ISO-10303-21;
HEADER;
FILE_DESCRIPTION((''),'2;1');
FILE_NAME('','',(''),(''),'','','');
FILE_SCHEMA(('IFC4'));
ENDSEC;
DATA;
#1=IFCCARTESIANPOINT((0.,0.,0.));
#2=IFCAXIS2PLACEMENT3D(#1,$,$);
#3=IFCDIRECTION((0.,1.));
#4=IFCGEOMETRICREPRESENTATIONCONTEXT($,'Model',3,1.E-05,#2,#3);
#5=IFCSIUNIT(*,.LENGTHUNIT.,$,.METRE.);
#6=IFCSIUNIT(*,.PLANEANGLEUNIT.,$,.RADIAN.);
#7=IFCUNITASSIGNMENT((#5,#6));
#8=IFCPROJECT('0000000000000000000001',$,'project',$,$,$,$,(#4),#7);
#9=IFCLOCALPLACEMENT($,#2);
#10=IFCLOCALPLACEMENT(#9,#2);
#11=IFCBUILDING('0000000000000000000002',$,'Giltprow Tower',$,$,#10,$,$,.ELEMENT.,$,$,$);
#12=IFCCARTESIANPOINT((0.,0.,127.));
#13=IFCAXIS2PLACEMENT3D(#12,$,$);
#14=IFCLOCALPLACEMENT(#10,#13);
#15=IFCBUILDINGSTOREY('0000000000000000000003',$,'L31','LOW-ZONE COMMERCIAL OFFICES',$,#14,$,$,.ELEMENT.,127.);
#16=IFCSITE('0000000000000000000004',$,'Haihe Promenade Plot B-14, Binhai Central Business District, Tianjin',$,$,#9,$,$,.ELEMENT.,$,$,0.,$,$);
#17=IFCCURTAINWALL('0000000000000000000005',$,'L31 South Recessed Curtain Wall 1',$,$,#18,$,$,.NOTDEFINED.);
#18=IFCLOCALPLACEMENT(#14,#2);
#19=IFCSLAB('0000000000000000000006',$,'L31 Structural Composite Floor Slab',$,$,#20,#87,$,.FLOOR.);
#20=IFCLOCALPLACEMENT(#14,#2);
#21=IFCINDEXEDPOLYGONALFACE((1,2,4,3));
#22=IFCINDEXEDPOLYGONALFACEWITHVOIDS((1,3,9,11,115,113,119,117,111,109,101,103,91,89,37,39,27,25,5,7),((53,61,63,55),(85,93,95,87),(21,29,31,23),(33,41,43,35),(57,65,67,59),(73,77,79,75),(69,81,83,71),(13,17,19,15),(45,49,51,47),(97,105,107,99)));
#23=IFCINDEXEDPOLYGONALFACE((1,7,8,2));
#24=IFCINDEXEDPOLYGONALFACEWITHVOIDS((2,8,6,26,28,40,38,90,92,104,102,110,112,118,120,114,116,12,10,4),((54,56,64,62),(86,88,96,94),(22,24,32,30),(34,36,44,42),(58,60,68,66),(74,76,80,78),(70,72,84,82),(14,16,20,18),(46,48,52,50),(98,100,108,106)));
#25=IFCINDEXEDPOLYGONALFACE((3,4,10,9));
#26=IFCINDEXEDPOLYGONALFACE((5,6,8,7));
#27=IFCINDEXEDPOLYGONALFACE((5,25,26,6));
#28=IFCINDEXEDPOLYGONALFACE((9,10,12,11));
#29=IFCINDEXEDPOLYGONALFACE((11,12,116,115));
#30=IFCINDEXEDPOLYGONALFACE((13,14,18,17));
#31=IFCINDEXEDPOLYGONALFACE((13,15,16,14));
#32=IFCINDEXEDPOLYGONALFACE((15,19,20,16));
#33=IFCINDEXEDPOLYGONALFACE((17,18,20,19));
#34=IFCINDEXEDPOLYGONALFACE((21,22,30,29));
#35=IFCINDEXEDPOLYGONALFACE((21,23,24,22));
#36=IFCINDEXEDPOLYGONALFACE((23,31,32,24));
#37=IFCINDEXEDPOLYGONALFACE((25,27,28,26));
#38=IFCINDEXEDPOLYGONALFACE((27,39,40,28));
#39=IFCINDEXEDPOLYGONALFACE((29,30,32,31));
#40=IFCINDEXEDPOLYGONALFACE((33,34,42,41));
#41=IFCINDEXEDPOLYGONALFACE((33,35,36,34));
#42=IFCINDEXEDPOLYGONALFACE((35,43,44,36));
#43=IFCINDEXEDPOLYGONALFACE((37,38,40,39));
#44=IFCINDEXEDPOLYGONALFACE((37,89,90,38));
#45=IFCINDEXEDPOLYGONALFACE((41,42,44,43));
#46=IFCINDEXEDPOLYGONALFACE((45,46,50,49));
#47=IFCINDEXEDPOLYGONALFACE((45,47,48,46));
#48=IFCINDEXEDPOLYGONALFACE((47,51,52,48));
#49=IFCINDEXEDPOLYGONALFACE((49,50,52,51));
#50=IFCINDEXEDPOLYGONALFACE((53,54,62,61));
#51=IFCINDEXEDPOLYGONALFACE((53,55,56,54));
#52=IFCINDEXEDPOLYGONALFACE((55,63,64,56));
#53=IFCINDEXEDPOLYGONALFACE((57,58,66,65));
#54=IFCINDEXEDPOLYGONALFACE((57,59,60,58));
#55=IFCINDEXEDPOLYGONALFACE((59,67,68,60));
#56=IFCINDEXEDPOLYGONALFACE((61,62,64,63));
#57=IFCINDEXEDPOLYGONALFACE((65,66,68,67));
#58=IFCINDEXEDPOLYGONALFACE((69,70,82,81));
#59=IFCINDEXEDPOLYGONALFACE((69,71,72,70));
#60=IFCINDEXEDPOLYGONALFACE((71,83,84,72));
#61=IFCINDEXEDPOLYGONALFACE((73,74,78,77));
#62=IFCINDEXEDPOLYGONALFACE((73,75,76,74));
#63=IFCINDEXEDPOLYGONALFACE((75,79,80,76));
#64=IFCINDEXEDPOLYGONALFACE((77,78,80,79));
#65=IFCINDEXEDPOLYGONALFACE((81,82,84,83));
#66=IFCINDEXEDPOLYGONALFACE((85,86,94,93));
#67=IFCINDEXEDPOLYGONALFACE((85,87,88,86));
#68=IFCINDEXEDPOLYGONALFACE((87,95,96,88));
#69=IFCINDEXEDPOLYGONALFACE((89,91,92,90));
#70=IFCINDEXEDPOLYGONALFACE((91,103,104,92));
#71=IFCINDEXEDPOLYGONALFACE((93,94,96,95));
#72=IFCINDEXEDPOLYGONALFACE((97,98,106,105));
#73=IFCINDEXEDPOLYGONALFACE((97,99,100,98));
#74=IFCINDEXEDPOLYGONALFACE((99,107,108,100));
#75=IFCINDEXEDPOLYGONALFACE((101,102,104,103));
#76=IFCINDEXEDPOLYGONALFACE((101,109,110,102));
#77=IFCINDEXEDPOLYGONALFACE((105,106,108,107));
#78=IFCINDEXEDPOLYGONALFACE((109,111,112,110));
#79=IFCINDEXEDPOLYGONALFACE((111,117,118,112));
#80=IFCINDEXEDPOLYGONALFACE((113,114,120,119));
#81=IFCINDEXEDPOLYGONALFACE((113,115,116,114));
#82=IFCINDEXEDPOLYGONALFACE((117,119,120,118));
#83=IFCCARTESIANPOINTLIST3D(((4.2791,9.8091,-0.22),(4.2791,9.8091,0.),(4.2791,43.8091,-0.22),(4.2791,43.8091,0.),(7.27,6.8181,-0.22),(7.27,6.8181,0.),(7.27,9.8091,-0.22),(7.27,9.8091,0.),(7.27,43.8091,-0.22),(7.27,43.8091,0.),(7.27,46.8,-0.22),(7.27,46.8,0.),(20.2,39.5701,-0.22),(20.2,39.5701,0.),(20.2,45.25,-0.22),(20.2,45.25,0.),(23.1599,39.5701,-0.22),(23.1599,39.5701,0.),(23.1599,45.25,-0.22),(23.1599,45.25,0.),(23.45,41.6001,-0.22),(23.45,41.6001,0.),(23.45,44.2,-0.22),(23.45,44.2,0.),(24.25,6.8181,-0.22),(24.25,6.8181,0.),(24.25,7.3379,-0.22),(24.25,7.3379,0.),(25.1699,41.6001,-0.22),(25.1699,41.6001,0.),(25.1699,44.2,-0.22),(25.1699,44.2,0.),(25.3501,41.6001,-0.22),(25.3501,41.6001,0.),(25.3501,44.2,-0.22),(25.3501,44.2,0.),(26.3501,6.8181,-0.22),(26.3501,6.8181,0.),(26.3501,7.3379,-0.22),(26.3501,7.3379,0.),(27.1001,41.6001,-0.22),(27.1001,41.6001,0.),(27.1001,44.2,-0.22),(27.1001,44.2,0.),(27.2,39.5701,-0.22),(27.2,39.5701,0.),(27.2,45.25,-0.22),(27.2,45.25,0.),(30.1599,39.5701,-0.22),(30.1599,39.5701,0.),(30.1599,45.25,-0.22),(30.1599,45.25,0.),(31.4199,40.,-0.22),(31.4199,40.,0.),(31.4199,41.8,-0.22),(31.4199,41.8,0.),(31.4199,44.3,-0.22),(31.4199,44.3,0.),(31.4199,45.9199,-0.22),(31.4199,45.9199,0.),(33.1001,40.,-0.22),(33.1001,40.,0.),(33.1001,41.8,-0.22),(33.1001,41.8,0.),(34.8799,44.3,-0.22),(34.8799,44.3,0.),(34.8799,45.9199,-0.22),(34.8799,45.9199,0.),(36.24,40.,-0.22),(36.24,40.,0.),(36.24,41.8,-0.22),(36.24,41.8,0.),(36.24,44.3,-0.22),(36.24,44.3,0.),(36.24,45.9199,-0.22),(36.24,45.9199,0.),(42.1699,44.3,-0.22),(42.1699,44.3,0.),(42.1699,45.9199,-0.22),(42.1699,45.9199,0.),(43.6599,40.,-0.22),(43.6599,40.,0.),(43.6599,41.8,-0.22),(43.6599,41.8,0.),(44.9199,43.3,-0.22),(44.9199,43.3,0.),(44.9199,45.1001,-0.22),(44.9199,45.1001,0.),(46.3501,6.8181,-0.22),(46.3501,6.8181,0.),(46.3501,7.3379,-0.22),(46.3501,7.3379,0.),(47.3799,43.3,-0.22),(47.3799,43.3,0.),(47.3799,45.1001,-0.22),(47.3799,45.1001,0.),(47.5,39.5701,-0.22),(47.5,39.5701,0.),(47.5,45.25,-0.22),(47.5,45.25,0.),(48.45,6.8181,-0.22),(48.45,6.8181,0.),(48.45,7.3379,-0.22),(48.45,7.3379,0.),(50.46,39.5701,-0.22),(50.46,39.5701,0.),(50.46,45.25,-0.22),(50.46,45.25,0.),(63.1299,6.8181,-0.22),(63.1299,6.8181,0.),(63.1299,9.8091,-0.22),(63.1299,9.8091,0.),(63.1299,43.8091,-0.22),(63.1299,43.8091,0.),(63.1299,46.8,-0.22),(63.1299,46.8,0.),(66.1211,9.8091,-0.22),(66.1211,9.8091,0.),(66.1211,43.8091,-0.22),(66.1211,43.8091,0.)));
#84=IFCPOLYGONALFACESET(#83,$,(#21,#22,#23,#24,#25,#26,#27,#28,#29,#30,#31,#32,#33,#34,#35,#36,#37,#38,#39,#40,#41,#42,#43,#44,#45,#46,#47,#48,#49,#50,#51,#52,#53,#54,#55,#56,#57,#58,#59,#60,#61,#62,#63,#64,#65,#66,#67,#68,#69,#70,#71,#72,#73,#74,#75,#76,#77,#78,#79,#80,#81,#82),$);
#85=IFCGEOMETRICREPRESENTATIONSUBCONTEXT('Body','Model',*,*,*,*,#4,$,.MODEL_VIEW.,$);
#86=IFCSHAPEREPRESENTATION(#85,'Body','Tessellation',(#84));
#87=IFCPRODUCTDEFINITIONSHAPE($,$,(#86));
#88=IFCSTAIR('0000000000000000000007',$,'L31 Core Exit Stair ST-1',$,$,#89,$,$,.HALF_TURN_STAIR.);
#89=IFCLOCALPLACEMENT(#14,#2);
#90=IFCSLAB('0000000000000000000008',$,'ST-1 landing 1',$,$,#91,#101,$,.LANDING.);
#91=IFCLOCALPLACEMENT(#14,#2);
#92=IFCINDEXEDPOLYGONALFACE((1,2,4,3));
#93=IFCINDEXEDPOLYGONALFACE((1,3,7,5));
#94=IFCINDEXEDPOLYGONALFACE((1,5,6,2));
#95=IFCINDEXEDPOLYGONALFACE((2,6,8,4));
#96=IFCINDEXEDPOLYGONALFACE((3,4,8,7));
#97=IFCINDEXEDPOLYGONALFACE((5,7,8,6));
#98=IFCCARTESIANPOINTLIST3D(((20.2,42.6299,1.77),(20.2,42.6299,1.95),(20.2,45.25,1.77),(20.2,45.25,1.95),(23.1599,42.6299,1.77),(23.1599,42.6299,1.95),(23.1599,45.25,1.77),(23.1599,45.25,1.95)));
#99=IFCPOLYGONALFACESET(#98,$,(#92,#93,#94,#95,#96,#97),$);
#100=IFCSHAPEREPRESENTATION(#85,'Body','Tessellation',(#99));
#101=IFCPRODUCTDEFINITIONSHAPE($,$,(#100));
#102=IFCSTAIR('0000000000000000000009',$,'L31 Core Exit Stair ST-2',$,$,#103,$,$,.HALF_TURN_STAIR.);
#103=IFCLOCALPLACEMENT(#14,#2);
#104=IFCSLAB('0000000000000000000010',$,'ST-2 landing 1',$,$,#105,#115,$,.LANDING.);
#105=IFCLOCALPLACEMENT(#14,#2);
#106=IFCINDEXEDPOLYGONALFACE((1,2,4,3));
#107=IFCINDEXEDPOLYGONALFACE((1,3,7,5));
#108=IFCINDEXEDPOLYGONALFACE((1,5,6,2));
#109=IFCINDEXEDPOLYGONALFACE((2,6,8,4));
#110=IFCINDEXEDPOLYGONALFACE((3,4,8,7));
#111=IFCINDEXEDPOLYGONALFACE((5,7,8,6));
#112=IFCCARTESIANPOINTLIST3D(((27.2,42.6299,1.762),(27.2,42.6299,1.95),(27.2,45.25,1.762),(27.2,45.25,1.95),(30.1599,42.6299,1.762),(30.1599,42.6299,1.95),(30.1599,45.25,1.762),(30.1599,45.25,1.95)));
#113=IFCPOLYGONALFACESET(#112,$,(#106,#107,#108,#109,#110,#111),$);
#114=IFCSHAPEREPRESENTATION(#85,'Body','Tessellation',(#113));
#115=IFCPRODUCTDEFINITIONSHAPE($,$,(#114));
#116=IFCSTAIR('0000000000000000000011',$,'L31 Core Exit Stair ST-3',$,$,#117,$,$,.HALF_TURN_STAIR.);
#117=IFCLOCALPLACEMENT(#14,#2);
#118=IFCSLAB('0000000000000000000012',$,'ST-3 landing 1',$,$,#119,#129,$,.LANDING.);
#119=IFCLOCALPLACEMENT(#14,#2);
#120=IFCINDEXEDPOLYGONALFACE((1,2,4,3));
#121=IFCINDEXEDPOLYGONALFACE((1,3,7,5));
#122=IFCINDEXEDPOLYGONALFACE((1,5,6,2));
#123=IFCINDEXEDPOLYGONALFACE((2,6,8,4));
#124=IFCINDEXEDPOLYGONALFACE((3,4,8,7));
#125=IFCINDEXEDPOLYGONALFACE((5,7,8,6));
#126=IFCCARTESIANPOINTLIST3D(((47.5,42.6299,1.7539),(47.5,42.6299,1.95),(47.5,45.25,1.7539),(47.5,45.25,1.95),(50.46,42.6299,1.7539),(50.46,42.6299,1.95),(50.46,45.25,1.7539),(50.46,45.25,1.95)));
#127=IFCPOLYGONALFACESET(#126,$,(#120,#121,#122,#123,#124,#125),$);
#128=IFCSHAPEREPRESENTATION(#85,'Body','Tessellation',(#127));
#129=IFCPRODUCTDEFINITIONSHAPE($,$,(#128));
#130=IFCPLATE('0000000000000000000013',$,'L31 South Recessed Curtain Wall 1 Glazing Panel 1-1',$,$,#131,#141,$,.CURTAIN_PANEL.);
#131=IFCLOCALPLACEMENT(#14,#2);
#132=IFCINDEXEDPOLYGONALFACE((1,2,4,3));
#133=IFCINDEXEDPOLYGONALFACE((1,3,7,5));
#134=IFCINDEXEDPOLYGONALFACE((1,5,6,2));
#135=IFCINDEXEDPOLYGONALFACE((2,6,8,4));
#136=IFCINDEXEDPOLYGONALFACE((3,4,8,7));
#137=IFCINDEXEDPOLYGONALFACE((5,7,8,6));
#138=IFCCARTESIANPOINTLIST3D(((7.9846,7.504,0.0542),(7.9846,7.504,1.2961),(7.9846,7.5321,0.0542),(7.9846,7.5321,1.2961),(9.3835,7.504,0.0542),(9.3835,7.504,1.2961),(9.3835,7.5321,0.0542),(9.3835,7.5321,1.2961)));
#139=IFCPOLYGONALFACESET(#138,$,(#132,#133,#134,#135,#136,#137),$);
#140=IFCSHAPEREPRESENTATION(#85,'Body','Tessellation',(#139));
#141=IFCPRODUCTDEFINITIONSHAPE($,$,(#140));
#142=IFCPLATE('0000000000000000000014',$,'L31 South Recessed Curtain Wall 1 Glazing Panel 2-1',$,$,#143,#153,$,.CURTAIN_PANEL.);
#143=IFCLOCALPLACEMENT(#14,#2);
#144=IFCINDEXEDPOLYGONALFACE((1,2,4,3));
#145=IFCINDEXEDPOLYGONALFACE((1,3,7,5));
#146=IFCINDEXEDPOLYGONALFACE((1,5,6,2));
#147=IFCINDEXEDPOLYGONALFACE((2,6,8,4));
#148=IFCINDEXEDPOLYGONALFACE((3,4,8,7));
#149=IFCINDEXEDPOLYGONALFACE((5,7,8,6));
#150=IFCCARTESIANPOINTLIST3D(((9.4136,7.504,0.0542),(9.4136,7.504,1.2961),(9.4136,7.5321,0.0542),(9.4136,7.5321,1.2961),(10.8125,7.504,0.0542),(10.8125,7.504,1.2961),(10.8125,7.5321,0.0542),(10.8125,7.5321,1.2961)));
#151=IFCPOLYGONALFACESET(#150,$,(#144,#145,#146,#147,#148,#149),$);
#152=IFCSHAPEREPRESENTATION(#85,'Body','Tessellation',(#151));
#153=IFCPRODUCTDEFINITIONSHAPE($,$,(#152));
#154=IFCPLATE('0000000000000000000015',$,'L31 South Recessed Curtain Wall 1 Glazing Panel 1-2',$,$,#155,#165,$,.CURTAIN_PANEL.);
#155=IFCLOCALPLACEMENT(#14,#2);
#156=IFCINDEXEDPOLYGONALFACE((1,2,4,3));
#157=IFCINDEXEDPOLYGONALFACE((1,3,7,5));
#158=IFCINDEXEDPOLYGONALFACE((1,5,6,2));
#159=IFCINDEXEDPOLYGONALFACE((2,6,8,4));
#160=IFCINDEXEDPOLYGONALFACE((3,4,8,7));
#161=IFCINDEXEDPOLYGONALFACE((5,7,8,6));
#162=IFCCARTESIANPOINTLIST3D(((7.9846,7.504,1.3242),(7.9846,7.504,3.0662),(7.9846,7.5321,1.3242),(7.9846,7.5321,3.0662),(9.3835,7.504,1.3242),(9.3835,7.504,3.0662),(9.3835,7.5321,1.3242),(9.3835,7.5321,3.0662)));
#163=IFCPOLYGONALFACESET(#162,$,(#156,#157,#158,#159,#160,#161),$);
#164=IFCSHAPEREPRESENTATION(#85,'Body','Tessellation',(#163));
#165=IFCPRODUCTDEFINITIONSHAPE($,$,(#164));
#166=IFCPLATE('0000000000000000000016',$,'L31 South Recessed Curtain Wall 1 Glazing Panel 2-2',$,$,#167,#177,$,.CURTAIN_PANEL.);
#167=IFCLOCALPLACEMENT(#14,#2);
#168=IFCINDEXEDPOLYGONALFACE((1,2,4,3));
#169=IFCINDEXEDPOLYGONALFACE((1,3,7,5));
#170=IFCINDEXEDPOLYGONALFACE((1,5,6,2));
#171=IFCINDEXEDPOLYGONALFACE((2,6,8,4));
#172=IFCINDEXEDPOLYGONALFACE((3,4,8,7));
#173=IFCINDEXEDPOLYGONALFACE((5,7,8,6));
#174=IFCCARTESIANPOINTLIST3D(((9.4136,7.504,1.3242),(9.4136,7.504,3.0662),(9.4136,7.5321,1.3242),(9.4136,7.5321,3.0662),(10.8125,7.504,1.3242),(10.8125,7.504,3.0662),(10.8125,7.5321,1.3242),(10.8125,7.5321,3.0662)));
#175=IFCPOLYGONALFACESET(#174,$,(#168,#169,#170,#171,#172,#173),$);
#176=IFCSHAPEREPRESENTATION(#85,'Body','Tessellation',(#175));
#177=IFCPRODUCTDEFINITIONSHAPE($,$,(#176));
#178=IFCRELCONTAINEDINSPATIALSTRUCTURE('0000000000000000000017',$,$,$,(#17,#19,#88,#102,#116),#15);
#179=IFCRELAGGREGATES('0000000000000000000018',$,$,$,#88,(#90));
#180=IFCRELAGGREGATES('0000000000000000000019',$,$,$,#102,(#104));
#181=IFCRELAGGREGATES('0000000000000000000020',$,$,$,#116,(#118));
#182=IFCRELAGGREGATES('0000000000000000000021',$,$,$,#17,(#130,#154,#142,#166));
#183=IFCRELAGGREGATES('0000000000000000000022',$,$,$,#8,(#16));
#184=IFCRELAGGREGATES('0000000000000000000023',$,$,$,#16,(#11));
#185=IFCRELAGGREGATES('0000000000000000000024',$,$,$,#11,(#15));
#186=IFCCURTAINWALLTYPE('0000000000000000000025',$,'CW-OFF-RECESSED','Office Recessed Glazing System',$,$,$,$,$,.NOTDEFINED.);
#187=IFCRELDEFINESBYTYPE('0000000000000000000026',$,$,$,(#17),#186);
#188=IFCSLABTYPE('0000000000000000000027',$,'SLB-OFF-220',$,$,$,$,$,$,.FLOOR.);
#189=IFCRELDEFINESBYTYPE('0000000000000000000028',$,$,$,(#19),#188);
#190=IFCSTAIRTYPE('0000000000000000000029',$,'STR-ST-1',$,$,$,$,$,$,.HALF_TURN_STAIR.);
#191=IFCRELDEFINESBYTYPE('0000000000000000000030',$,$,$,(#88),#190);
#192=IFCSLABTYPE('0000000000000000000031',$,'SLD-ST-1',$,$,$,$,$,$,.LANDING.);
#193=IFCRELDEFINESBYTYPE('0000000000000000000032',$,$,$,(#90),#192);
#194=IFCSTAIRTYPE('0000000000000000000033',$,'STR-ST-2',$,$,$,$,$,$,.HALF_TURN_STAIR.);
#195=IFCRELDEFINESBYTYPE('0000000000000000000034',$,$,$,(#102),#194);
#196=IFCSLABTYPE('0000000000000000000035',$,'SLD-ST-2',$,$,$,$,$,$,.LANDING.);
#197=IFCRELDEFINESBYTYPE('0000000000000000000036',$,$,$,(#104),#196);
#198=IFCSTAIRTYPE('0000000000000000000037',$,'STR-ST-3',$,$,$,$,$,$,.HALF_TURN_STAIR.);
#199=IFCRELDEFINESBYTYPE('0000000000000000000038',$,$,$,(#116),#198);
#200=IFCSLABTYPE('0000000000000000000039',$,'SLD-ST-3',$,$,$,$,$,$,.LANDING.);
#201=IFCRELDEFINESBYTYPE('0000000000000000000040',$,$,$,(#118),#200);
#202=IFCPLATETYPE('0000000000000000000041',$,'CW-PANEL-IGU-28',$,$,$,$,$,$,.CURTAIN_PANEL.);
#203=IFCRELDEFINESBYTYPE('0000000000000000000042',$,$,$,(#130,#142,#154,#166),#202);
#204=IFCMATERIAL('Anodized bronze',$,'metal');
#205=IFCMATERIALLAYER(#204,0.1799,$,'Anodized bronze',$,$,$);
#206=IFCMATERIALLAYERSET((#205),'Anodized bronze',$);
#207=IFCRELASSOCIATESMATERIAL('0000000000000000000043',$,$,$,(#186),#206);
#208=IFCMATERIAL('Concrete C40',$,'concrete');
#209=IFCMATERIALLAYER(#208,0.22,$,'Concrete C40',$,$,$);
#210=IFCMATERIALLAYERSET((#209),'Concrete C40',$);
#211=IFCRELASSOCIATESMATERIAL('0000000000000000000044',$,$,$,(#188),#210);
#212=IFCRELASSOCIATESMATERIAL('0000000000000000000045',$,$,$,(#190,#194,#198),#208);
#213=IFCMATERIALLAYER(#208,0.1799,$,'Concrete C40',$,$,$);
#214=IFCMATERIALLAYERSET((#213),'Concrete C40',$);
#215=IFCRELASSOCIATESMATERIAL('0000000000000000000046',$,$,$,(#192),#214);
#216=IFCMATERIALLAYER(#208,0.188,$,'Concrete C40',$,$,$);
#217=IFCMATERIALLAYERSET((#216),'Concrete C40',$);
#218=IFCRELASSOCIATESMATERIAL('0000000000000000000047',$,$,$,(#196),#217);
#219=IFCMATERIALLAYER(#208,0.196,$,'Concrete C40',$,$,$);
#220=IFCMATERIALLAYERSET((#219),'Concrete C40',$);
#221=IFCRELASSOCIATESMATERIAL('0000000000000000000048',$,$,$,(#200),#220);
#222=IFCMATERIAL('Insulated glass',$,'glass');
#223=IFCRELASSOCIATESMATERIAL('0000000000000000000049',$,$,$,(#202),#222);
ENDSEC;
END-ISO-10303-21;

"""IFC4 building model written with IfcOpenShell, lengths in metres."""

from ifc_helpers import new_model, si_unit, direction, frame, origin, origin_2d, place, context, subcontext, project, spatial, polyline, rectangle, outline, extrude, source, transform, mapped, material, layer, layer_set, type_object, element, aggregate, save


model = new_model("IFC4")

# Units and contexts
model_context = context("Model", 3, precision=1e-05, world=origin(), true_north=direction((0.0, 1.0)))
body_context = subcontext(model_context, "Body", "Model", "MODEL_VIEW")
ifc_project = project(units=[si_unit("LENGTHUNIT", "METRE"), si_unit("PLANEANGLEUNIT", "RADIAN")], contexts=[model_context])

# Site, building, storey
site_placement = place(None, origin())
site = spatial("IfcSite", under=ifc_project, at=site_placement, Name="Haihe Promenade Plot B-14, Binhai Central Business District, Tianjin", CompositionType="ELEMENT", RefElevation=0.0)
building_placement = place(site_placement, origin())
building = spatial("IfcBuilding", under=site, at=building_placement, Name="Giltprow Tower", CompositionType="ELEMENT")
storey_placement = place(building_placement, frame((0.0, 0.0, 127.0)))
storey = spatial("IfcBuildingStorey", under=building, at=storey_placement, Name="L31", Description="LOW-ZONE COMMERCIAL OFFICES", CompositionType="ELEMENT", Elevation=127.0)

# Curtain wall
ifc_material_1 = material(Name="Anodized bronze", Category="metal")
ifc_layer_1 = layer(ifc_material_1, 0.1799, Name="Anodized bronze")
ifc_layer_set_1 = layer_set([ifc_layer_1], Name="Anodized bronze")
curtain_wall_type = type_object("IfcCurtainWallType", Name="CW-OFF-RECESSED", Description="Office Recessed Glazing System", PredefinedType="NOTDEFINED", material=ifc_layer_set_1)
curtain_wall_placement = place(storey_placement, origin())
curtain_wall = element("IfcCurtainWall", 1, at=curtain_wall_placement, inside=storey, type_object=curtain_wall_type, Name="L31 South Recessed Curtain Wall 1", PredefinedType="NOTDEFINED")

# Slab
ifc_material_2 = material(Name="Concrete C40", Category="concrete")
ifc_layer_2 = layer(ifc_material_2, 0.22, Name="Concrete C40")
ifc_layer_set_2 = layer_set([ifc_layer_2], Name="Concrete C40")
slab_type_1 = type_object("IfcSlabType", Name="SLB-OFF-220", PredefinedType="FLOOR", material=ifc_layer_set_2)
slab_1_placement = place(storey_placement, frame((0.0, 0.0, -0.22)))
element("IfcSlab", 2, at=slab_1_placement, inside=storey, type_object=slab_type_1, Name="L31 Structural Composite Floor Slab", PredefinedType="FLOOR", context=body_context, shape_type="SweptSolid", body=[
    extrude(outline(polyline([(7.27, 6.8181), (7.27, 9.8091), (4.2791, 9.8091), (4.2791, 43.8091), (7.27, 43.8091), (7.27, 46.8), (63.1299, 46.8), (63.1299, 43.8091), (66.1211, 43.8091), (66.1211, 9.8091), (63.1299, 9.8091), (63.1299, 6.8181), (48.45, 6.8181), (48.45, 7.3379), (46.3501, 7.3379), (46.3501, 6.8181), (26.3501, 6.8181), (26.3501, 7.3379), (24.25, 7.3379), (24.25, 6.8181), (7.27, 6.8181)]), holes=[polyline([(33.1001, 41.8), (31.4199, 41.8), (31.4199, 40.0), (33.1001, 40.0), (33.1001, 41.8)]), polyline([(23.1599, 39.5701), (23.1599, 45.25), (20.2, 45.25), (20.2, 39.5701), (23.1599, 39.5701)]), polyline([(30.1599, 45.25), (27.2, 45.25), (27.2, 39.5701), (30.1599, 39.5701), (30.1599, 45.25)]), polyline([(25.1699, 41.6001), (25.1699, 44.2), (23.45, 44.2), (23.45, 41.6001), (25.1699, 41.6001)]), polyline([(27.1001, 41.6001), (27.1001, 44.2), (25.3501, 44.2), (25.3501, 41.6001), (27.1001, 41.6001)]), polyline([(43.6599, 40.0), (43.6599, 41.8), (36.24, 41.8), (36.24, 40.0), (43.6599, 40.0)]), polyline([(50.46, 39.5701), (50.46, 45.25), (47.5, 45.25), (47.5, 39.5701), (50.46, 39.5701)]), polyline([(47.3799, 45.1001), (44.9199, 45.1001), (44.9199, 43.3), (47.3799, 43.3), (47.3799, 45.1001)]), polyline([(34.8799, 44.3), (34.8799, 45.9199), (31.4199, 45.9199), (31.4199, 44.3), (34.8799, 44.3)]), polyline([(42.1699, 44.3), (42.1699, 45.9199), (36.24, 45.9199), (36.24, 44.3), (42.1699, 44.3)])]), origin(), (0.0, 0.0, 1.0), 0.22),
])

# Stairs, slabs
stair_type_1 = type_object("IfcStairType", Name="STR-ST-1", PredefinedType="HALF_TURN_STAIR", material=ifc_material_2)
stair_1_placement = place(storey_placement, origin())
stair_1 = element("IfcStair", 3, at=stair_1_placement, inside=storey, type_object=stair_type_1, Name="L31 Core Exit Stair ST-1", PredefinedType="HALF_TURN_STAIR")
ifc_layer_3 = layer(ifc_material_2, 0.1799, Name="Concrete C40")
ifc_layer_set_3 = layer_set([ifc_layer_3], Name="Concrete C40")
slab_type_2 = type_object("IfcSlabType", Name="SLD-ST-1", PredefinedType="LANDING", material=ifc_layer_set_3)
slab_2_placement = place(storey_placement, frame((0.0, 0.0, 1.77)))
slab_2 = element("IfcSlab", 4, at=slab_2_placement, type_object=slab_type_2, Name="ST-1 landing 1", PredefinedType="LANDING", context=body_context, shape_type="SweptSolid", body=[
    extrude(outline(polyline([(23.1599, 42.6299), (23.1599, 45.25), (20.2, 45.25), (20.2, 42.6299), (23.1599, 42.6299)])), origin(), (0.0, 0.0, 1.0), 0.1799),
])
aggregate(stair_1, [slab_2])
stair_type_2 = type_object("IfcStairType", Name="STR-ST-2", PredefinedType="HALF_TURN_STAIR", material=ifc_material_2)
stair_2_placement = place(storey_placement, origin())
stair_2 = element("IfcStair", 5, at=stair_2_placement, inside=storey, type_object=stair_type_2, Name="L31 Core Exit Stair ST-2", PredefinedType="HALF_TURN_STAIR")
ifc_layer_4 = layer(ifc_material_2, 0.188, Name="Concrete C40")
ifc_layer_set_4 = layer_set([ifc_layer_4], Name="Concrete C40")
slab_type_3 = type_object("IfcSlabType", Name="SLD-ST-2", PredefinedType="LANDING", material=ifc_layer_set_4)
slab_3_placement = place(storey_placement, frame((0.0, 0.0, 1.762)))
slab_3 = element("IfcSlab", 6, at=slab_3_placement, type_object=slab_type_3, Name="ST-2 landing 1", PredefinedType="LANDING", context=body_context, shape_type="SweptSolid", body=[
    extrude(outline(polyline([(30.1599, 42.6299), (30.1599, 45.25), (27.2, 45.25), (27.2, 42.6299), (30.1599, 42.6299)])), origin(), (0.0, 0.0, 1.0), 0.188),
])
aggregate(stair_2, [slab_3])
stair_type_3 = type_object("IfcStairType", Name="STR-ST-3", PredefinedType="HALF_TURN_STAIR", material=ifc_material_2)
stair_3_placement = place(storey_placement, origin())
stair_3 = element("IfcStair", 7, at=stair_3_placement, inside=storey, type_object=stair_type_3, Name="L31 Core Exit Stair ST-3", PredefinedType="HALF_TURN_STAIR")
ifc_layer_5 = layer(ifc_material_2, 0.196, Name="Concrete C40")
ifc_layer_set_5 = layer_set([ifc_layer_5], Name="Concrete C40")
slab_type_4 = type_object("IfcSlabType", Name="SLD-ST-3", PredefinedType="LANDING", material=ifc_layer_set_5)
slab_4_placement = place(storey_placement, frame((0.0, 0.0, 1.7539)))
slab_4 = element("IfcSlab", 8, at=slab_4_placement, type_object=slab_type_4, Name="ST-3 landing 1", PredefinedType="LANDING", context=body_context, shape_type="SweptSolid", body=[
    extrude(outline(polyline([(50.46, 42.6299), (50.46, 45.25), (47.5, 45.25), (47.5, 42.6299), (50.46, 42.6299)])), origin(), (0.0, 0.0, 1.0), 0.196),
])
aggregate(stair_3, [slab_4])

# Plates
ifc_material_3 = material(Name="Insulated glass", Category="glass")
plate_type = type_object("IfcPlateType", Name="CW-PANEL-IGU-28", PredefinedType="CURTAIN_PANEL", material=ifc_material_3)
shared_shape_1 = source(origin(), body_context, "Body", "SweptSolid", [
    extrude(rectangle(XDim=1.3989, YDim=0.0281, at=origin_2d()), origin(), (0.0, 0.0, 1.0), 1.2419),
])
plate_1_placement = place(storey_placement, frame((8.6841, 7.5181, 0.0542), z_axis=(0.0, 0.0, 1.0), x_axis=(1.0, 0.0, 0.0)))
plate_1 = element("IfcPlate", 9, at=plate_1_placement, type_object=plate_type, Name="L31 South Recessed Curtain Wall 1 Glazing Panel 1-1", PredefinedType="CURTAIN_PANEL", context=body_context, shape_type="MappedRepresentation", body=[
    mapped(shared_shape_1, transform((0.0, 0.0, 0.0), x_axis=(1.0, 0.0, 0.0), y_axis=(0.0, 1.0, 0.0), z_axis=(0.0, 0.0, 1.0), scale=1.0)),
])
plate_2_placement = place(storey_placement, frame((10.113, 7.5181, 0.0542), z_axis=(0.0, 0.0, 1.0), x_axis=(1.0, 0.0, 0.0)))
plate_2 = element("IfcPlate", 10, at=plate_2_placement, type_object=plate_type, Name="L31 South Recessed Curtain Wall 1 Glazing Panel 2-1", PredefinedType="CURTAIN_PANEL", context=body_context, shape_type="MappedRepresentation", body=[
    mapped(shared_shape_1, transform((0.0, 0.0, 0.0), x_axis=(1.0, 0.0, 0.0), y_axis=(0.0, 1.0, 0.0), z_axis=(0.0, 0.0, 1.0), scale=1.0)),
])
shared_shape_2 = source(origin(), body_context, "Body", "SweptSolid", [
    extrude(rectangle(XDim=1.3989, YDim=0.0281, at=origin_2d()), origin(), (0.0, 0.0, 1.0), 1.7419),
])
plate_3_placement = place(storey_placement, frame((8.6841, 7.5181, 1.3242), z_axis=(0.0, 0.0, 1.0), x_axis=(1.0, 0.0, 0.0)))
plate_3 = element("IfcPlate", 11, at=plate_3_placement, type_object=plate_type, Name="L31 South Recessed Curtain Wall 1 Glazing Panel 1-2", PredefinedType="CURTAIN_PANEL", context=body_context, shape_type="MappedRepresentation", body=[
    mapped(shared_shape_2, transform((0.0, 0.0, 0.0), x_axis=(1.0, 0.0, 0.0), y_axis=(0.0, 1.0, 0.0), z_axis=(0.0, 0.0, 1.0), scale=1.0)),
])
plate_4_placement = place(storey_placement, frame((10.113, 7.5181, 1.3242), z_axis=(0.0, 0.0, 1.0), x_axis=(1.0, 0.0, 0.0)))
plate_4 = element("IfcPlate", 12, at=plate_4_placement, type_object=plate_type, Name="L31 South Recessed Curtain Wall 1 Glazing Panel 2-2", PredefinedType="CURTAIN_PANEL", context=body_context, shape_type="MappedRepresentation", body=[
    mapped(shared_shape_2, transform((0.0, 0.0, 0.0), x_axis=(1.0, 0.0, 0.0), y_axis=(0.0, 1.0, 0.0), z_axis=(0.0, 0.0, 1.0), scale=1.0)),
])
aggregate(curtain_wall, [plate_1, plate_3, plate_2, plate_4])

save(model, "model.ifc")
